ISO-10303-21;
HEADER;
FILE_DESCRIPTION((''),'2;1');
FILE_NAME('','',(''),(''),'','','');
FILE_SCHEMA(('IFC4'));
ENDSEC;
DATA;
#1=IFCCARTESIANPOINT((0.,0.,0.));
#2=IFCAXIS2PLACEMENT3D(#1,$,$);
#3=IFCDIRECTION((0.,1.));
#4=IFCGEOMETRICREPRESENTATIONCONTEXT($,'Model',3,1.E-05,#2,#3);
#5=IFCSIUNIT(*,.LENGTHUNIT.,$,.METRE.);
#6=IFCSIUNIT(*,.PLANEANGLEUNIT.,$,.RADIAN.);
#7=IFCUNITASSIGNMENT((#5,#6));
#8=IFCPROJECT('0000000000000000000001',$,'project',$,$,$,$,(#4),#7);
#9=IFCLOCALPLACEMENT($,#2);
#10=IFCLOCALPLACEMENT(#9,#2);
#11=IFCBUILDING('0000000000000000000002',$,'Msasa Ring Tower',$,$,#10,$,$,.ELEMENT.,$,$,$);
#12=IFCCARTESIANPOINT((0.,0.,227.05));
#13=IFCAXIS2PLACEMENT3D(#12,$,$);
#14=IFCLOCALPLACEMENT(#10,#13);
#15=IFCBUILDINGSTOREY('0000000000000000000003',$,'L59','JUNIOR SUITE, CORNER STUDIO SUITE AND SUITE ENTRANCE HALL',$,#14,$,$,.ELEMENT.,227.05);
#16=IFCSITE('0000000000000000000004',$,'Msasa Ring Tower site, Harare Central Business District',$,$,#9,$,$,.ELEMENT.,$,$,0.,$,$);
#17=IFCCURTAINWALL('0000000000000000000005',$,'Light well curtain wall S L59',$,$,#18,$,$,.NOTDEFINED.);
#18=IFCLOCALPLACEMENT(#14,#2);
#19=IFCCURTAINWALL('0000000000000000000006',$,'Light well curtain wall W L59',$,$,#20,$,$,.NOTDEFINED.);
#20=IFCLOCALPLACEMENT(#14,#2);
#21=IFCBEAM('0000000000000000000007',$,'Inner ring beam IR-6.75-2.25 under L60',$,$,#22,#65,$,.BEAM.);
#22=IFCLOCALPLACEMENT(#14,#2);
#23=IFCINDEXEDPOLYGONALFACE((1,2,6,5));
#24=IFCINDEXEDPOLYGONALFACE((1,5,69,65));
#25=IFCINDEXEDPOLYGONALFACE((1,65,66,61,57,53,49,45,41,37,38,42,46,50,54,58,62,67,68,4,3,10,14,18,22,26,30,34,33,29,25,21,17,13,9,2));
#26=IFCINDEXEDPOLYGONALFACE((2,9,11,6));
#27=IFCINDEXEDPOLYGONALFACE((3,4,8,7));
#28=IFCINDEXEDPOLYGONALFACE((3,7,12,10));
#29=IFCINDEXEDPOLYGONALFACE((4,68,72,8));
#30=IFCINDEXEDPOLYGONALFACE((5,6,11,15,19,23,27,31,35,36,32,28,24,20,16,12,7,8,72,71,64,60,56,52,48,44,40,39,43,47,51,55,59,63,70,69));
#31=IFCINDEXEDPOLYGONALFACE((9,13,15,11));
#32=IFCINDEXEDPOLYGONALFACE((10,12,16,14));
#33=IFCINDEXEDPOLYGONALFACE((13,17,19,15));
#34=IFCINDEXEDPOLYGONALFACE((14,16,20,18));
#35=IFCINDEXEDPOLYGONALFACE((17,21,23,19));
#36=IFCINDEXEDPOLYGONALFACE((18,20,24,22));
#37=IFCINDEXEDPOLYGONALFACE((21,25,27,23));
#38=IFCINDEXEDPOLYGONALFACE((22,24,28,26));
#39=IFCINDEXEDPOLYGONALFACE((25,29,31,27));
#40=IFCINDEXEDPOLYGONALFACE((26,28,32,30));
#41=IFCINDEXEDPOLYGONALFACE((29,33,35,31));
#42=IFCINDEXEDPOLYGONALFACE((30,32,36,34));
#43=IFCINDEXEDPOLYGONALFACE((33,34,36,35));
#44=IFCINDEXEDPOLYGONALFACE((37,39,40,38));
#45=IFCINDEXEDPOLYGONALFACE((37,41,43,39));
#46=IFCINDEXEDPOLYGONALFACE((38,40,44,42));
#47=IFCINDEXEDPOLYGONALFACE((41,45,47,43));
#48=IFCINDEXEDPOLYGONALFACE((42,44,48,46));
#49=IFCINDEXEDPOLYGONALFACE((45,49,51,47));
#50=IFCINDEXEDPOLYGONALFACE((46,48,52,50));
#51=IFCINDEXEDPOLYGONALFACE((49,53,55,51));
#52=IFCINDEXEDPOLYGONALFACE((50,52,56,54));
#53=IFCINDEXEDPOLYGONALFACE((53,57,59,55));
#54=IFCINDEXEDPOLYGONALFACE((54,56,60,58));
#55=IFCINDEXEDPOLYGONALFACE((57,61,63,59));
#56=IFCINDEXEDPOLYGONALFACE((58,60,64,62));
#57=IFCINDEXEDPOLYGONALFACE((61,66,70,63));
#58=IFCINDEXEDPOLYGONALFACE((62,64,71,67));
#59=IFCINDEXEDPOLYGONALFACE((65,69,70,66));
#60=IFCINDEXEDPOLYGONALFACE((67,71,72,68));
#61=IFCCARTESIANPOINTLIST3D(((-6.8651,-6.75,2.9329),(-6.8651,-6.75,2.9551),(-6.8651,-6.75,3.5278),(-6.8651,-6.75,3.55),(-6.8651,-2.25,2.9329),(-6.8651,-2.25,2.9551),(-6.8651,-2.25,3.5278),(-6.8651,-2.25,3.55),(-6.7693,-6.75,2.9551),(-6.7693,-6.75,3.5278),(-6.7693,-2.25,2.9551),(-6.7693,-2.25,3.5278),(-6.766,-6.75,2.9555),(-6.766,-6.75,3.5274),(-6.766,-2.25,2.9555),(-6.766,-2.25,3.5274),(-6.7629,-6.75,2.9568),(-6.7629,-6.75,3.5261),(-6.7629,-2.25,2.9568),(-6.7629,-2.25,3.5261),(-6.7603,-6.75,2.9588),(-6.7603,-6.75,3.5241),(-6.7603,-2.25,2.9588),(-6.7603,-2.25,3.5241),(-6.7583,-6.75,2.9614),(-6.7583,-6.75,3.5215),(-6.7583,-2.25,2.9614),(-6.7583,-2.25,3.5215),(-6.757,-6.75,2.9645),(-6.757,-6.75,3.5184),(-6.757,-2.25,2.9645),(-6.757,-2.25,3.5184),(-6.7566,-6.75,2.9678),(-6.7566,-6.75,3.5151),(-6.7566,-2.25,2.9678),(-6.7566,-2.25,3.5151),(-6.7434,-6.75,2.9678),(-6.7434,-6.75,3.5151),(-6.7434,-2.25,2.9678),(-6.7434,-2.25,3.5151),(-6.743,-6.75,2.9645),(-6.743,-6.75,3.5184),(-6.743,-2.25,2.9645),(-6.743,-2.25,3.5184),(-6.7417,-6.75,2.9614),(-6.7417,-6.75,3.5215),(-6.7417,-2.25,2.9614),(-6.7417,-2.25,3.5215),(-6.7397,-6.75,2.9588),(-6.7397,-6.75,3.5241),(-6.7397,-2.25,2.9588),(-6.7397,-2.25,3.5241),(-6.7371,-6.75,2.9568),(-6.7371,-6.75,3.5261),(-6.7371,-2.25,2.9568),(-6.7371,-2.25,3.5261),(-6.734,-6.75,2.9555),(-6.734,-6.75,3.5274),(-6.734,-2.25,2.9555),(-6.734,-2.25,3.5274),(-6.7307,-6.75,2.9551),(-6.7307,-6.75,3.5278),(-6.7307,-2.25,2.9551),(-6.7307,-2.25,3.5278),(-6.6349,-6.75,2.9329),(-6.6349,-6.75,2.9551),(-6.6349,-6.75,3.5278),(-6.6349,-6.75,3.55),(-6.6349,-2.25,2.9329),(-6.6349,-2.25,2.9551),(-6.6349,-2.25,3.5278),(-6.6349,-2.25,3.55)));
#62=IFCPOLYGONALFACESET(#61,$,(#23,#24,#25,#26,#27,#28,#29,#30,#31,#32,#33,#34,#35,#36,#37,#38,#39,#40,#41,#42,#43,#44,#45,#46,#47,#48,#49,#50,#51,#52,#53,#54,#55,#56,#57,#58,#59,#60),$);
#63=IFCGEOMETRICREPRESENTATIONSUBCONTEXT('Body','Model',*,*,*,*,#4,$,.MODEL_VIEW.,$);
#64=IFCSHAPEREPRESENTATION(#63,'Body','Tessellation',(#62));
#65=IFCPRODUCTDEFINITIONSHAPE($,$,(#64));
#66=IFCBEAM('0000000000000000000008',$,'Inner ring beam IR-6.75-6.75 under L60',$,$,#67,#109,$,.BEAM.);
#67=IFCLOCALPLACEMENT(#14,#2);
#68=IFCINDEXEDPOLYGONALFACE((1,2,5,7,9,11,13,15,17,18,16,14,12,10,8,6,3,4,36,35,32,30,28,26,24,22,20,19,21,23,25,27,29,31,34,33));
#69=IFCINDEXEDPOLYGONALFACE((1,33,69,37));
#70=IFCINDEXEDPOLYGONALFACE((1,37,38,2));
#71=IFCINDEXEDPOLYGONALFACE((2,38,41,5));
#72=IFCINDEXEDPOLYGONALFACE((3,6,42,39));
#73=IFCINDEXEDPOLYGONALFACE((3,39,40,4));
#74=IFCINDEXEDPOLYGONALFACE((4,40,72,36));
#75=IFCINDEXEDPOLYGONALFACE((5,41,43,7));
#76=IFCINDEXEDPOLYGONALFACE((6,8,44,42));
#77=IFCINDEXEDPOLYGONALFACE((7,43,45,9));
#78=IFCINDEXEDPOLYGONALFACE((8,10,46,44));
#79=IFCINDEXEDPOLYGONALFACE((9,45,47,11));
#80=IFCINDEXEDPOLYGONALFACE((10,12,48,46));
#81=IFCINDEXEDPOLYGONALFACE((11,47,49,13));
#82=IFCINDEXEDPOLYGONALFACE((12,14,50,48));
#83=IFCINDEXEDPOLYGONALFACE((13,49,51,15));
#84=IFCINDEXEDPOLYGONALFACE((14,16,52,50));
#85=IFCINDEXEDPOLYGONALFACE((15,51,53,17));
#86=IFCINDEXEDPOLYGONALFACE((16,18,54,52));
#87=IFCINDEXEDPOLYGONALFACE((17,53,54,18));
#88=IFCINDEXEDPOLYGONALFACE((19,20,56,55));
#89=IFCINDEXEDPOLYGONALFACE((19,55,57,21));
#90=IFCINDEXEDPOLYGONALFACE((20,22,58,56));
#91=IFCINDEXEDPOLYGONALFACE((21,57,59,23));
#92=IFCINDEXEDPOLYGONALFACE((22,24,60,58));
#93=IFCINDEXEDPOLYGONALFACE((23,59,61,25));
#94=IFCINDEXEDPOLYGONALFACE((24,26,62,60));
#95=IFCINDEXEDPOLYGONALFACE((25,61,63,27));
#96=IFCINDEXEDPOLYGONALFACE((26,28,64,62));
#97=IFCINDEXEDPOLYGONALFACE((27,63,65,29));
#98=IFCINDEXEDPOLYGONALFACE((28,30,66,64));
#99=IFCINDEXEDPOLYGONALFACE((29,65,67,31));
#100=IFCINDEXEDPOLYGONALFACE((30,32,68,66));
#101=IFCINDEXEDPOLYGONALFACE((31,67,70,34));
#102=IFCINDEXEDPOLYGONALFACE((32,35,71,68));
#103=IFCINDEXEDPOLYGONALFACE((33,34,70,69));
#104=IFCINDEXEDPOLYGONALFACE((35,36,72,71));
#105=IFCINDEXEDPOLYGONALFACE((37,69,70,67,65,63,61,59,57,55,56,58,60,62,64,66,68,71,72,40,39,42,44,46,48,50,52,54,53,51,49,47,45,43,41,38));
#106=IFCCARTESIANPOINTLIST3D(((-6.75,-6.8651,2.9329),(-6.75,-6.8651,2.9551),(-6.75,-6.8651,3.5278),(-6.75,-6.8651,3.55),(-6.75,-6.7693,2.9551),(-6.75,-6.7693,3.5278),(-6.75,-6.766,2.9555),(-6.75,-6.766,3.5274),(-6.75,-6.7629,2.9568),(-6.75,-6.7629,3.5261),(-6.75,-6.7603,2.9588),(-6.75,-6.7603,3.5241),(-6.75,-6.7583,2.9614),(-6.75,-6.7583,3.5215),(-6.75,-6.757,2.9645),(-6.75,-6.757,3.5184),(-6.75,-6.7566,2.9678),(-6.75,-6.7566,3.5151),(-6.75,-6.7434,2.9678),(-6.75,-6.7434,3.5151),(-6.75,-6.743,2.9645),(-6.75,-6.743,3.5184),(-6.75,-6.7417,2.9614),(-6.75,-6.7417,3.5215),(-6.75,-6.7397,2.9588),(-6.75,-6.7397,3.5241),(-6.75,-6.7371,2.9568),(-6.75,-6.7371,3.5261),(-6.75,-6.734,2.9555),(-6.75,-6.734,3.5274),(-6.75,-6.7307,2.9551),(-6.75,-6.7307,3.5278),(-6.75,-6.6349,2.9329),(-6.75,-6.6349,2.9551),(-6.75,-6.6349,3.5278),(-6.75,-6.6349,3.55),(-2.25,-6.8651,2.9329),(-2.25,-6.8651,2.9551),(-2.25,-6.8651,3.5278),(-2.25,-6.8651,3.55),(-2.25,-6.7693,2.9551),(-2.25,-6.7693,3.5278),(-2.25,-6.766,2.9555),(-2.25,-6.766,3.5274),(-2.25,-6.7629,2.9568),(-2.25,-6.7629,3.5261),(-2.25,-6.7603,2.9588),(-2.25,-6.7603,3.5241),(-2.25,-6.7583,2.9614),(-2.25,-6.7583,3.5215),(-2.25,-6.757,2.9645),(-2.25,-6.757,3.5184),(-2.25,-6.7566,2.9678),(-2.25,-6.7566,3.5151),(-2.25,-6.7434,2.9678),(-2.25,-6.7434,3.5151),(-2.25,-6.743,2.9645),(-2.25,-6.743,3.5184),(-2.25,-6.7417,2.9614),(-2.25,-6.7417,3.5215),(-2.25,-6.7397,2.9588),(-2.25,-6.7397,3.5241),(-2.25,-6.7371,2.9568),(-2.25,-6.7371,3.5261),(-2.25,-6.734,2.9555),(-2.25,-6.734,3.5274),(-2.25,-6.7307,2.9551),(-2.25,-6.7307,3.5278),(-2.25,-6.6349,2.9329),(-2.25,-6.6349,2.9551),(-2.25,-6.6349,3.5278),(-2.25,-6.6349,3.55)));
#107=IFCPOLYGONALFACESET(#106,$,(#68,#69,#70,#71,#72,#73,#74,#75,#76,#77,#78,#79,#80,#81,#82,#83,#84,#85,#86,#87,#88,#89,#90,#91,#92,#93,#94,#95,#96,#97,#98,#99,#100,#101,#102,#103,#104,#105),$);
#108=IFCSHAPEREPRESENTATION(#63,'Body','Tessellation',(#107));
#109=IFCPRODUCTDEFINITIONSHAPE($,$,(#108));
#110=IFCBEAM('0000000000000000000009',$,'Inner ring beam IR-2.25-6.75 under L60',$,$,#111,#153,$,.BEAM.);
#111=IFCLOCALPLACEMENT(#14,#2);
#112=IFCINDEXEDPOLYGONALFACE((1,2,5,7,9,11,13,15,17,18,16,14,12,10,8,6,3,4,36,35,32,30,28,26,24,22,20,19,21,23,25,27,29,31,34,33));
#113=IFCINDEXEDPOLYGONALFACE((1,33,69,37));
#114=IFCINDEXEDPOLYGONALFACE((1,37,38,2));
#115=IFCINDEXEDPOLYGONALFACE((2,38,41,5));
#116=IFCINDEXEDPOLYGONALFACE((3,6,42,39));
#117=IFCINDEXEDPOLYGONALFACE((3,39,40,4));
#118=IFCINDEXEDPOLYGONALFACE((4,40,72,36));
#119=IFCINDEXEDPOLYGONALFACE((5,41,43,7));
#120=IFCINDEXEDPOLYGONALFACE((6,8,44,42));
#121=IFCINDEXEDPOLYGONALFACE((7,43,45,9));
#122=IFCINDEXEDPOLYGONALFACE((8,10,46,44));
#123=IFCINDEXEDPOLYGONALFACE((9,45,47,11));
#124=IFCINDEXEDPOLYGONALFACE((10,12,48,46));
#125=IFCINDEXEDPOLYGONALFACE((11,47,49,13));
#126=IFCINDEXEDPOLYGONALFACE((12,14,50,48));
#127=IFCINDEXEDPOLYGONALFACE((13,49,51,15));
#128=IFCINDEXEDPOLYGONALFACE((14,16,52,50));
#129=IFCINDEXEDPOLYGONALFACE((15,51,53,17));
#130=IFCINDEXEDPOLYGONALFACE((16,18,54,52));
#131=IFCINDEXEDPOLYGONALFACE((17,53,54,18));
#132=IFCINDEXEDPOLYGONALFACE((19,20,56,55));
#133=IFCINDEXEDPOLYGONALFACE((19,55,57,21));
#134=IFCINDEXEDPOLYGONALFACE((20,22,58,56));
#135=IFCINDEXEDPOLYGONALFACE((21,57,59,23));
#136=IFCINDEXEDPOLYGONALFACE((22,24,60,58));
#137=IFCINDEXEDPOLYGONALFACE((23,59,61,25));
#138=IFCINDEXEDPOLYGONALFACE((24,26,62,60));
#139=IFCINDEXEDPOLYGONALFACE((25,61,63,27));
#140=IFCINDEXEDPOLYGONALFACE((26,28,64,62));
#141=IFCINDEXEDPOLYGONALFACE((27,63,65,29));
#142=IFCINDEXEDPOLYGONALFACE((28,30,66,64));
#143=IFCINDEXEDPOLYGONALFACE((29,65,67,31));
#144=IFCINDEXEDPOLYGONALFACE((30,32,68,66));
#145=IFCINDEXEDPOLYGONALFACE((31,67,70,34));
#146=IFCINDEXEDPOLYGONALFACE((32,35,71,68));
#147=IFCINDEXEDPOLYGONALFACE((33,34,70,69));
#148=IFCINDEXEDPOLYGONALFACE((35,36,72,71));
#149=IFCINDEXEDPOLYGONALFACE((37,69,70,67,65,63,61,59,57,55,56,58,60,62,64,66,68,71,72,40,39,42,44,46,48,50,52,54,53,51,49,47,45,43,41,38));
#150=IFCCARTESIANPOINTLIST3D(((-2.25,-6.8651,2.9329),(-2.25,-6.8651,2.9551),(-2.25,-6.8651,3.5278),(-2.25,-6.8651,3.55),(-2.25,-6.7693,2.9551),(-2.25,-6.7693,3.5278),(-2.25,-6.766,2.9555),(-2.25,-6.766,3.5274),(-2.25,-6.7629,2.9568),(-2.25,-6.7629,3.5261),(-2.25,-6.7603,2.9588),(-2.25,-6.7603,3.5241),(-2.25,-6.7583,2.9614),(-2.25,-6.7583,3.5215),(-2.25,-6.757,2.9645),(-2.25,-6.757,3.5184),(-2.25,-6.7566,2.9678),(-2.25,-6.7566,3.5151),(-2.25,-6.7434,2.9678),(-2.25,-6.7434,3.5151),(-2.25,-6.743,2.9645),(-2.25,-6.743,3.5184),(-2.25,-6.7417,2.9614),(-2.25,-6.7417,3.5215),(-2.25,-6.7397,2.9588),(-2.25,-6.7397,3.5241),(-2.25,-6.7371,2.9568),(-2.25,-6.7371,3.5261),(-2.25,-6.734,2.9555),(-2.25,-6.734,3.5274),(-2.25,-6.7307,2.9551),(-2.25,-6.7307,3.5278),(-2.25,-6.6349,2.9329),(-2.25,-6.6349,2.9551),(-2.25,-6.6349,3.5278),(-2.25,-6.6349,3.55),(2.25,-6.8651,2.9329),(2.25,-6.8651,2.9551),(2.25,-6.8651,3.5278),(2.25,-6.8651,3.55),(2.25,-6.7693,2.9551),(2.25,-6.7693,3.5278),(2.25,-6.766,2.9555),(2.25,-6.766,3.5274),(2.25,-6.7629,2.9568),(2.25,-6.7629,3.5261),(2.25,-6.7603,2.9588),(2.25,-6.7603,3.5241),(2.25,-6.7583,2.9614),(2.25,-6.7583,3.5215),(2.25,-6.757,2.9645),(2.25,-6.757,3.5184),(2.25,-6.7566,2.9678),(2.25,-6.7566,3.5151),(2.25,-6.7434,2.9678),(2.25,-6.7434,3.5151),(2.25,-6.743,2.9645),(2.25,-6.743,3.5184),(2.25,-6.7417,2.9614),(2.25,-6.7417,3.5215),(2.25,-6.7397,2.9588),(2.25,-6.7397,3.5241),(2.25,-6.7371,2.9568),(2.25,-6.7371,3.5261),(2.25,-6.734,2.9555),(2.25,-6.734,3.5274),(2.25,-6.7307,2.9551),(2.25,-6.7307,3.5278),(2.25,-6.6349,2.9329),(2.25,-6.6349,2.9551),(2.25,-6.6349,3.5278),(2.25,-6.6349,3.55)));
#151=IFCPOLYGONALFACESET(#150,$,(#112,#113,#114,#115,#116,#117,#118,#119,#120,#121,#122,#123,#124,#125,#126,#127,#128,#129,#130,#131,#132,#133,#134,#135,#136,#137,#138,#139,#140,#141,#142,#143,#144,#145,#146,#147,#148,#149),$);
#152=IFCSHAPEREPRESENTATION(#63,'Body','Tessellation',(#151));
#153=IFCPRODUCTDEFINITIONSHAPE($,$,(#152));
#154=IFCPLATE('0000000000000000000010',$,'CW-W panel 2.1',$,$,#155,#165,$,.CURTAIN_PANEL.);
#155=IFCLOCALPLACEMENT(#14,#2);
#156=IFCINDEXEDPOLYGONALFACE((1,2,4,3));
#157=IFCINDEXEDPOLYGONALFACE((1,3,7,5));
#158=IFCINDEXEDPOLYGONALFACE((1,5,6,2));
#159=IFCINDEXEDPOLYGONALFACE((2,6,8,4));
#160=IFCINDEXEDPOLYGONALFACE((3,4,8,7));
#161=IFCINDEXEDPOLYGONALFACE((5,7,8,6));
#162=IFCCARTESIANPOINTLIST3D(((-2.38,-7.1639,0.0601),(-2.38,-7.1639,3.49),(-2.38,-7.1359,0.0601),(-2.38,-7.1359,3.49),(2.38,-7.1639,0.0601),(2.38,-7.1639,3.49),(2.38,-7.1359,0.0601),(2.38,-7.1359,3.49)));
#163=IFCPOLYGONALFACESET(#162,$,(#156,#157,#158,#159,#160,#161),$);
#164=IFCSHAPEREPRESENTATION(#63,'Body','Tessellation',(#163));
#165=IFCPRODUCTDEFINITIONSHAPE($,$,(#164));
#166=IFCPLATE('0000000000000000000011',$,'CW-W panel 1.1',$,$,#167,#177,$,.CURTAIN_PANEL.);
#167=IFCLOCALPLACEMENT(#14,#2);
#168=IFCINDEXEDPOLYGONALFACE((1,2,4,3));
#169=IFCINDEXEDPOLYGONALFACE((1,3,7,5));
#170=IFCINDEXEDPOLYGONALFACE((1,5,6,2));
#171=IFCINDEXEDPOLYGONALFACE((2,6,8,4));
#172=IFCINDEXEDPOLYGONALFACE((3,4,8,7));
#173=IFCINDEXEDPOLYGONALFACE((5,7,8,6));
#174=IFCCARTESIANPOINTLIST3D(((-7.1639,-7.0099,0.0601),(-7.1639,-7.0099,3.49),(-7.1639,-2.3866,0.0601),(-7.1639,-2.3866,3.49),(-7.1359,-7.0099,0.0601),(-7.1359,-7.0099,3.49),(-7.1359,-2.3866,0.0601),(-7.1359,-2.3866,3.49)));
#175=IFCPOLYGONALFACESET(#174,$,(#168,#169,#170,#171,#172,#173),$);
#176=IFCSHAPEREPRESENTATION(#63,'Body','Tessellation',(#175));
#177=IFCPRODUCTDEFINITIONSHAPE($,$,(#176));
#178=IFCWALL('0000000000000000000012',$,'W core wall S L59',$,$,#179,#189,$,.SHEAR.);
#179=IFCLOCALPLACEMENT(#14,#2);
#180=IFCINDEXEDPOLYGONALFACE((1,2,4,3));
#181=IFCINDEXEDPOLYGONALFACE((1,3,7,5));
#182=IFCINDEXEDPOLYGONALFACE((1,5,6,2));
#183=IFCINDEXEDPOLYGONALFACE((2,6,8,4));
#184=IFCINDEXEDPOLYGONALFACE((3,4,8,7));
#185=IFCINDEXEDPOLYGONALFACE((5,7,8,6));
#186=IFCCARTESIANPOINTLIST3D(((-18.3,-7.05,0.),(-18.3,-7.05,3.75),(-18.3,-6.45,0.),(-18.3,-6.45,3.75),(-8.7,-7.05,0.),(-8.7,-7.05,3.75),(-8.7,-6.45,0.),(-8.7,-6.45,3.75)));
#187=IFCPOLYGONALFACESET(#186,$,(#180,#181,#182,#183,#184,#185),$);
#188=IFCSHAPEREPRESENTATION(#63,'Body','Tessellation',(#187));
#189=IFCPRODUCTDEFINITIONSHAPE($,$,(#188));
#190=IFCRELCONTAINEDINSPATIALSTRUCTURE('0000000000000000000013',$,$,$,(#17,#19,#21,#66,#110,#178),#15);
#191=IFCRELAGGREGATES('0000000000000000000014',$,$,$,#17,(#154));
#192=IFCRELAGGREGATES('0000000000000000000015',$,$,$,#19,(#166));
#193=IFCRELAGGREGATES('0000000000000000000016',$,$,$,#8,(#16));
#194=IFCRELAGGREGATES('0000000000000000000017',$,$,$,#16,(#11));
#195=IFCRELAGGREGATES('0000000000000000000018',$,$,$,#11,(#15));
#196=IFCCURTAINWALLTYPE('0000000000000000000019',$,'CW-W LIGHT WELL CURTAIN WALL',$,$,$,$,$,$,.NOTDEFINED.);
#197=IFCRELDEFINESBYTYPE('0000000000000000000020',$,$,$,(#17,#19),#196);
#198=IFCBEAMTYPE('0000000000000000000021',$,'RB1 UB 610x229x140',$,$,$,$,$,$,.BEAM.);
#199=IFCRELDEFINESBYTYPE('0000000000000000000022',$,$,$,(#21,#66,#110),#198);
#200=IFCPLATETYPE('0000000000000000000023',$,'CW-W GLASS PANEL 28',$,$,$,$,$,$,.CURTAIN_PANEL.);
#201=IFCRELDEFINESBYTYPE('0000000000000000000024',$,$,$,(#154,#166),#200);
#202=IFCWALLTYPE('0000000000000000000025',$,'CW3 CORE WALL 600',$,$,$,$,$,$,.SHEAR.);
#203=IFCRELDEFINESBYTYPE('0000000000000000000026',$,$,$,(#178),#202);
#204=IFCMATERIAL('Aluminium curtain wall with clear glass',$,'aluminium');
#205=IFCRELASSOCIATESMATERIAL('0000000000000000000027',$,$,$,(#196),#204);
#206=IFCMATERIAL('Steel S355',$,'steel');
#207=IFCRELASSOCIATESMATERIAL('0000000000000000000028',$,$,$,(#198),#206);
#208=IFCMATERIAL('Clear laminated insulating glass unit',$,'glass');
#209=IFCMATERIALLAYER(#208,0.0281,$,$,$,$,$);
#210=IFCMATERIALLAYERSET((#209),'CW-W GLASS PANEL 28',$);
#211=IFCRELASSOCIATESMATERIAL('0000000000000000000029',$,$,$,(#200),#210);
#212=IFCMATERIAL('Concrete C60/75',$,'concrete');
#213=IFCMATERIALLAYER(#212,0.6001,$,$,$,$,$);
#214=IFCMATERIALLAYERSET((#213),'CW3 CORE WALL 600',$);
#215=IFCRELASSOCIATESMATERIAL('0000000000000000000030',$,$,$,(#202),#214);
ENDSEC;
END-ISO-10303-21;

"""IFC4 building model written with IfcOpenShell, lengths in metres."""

from ifc_helpers import new_model, si_unit, direction, frame, frame_2d, origin, origin_2d, place, context, subcontext, project, spatial, rectangle, i_section, extrude, material, layer, layer_set, material_profile, profile_set, type_object, element, aggregate, save


model = new_model("IFC4")

# Units and contexts
model_context = context("Model", 3, precision=1e-05, world=origin(), true_north=direction((0.0, 1.0)))
body_context = subcontext(model_context, "Body", "Model", "MODEL_VIEW")
ifc_project = project(units=[si_unit("LENGTHUNIT", "METRE"), si_unit("PLANEANGLEUNIT", "RADIAN")], contexts=[model_context])

# Site, building, storey
site_placement = place(None, origin())
site = spatial("IfcSite", under=ifc_project, at=site_placement, Name="Msasa Ring Tower site, Harare Central Business District", CompositionType="ELEMENT", RefElevation=0.0)
building_placement = place(site_placement, origin())
building = spatial("IfcBuilding", under=site, at=building_placement, Name="Msasa Ring Tower", CompositionType="ELEMENT")
storey_placement = place(building_placement, frame((0.0, 0.0, 227.05)))
storey = spatial("IfcBuildingStorey", under=building, at=storey_placement, Name="L59", Description="JUNIOR SUITE, CORNER STUDIO SUITE AND SUITE ENTRANCE HALL", CompositionType="ELEMENT", Elevation=227.05)

# Curtain wall
ifc_material_1 = material(Name="Aluminium curtain wall with clear glass", Category="aluminium")
curtain_wall_type = type_object("IfcCurtainWallType", Name="CW-W LIGHT WELL CURTAIN WALL", PredefinedType="NOTDEFINED", material=ifc_material_1)
curtain_wall_1_placement = place(storey_placement, origin())
curtain_wall_1 = element("IfcCurtainWall", 1, at=curtain_wall_1_placement, inside=storey, type_object=curtain_wall_type, Name="Light well curtain wall S L59", PredefinedType="NOTDEFINED")

# Curtain wall
curtain_wall_2_placement = place(storey_placement, origin())
curtain_wall_2 = element("IfcCurtainWall", 2, at=curtain_wall_2_placement, inside=storey, type_object=curtain_wall_type, Name="Light well curtain wall W L59", PredefinedType="NOTDEFINED")

# Beams
ifc_material_2 = material(Name="Steel S355", Category="steel")
ifc_material_profile_1 = material_profile(ifc_material_2, i_section(OverallWidth=0.2302, OverallDepth=0.6172, WebThickness=0.0132, FlangeThickness=0.0222, FilletRadius=0.0127, at=origin_2d()), Name="UB 610x229x140")
ifc_profile_set_1 = profile_set([ifc_material_profile_1], Name="Steel S355")
beam_type = type_object("IfcBeamType", Name="RB1 UB 610x229x140", PredefinedType="BEAM", material=ifc_profile_set_1)
for number, where, z_axis, x_axis, name in (
    (3, (-6.75, -2.25, 3.2415), (0.0, -1.0, 0.0), (1.0, 0.0, 0.0), "Inner ring beam IR-6.75-2.25 under L60"),
    (4, (-6.75, -6.75, 3.2415), (1.0, 0.0, 0.0), (0.0, 1.0, 0.0), "Inner ring beam IR-6.75-6.75 under L60"),
    (5, (-2.25, -6.75, 3.2415), (1.0, 0.0, 0.0), (0.0, 1.0, 0.0), "Inner ring beam IR-2.25-6.75 under L60"),
):
    element("IfcBeam", number, at=place(storey_placement, frame(where, z_axis=z_axis, x_axis=x_axis)), inside=storey, type_object=beam_type, Name=name, PredefinedType="BEAM", context=body_context, shape_type="SweptSolid", body=[
        extrude(i_section(OverallWidth=0.2302, OverallDepth=0.6172, WebThickness=0.0132, FlangeThickness=0.0222, FilletRadius=0.0127, at=origin_2d()), origin(), (0.0, 0.0, 1.0), 4.5),
    ])

# Plates
ifc_material_3 = material(Name="Clear laminated insulating glass unit", Category="glass")
ifc_layer_1 = layer(ifc_material_3, 0.0281)
ifc_layer_set_1 = layer_set([ifc_layer_1], Name="CW-W GLASS PANEL 28")
plate_type = type_object("IfcPlateType", Name="CW-W GLASS PANEL 28", PredefinedType="CURTAIN_PANEL", material=ifc_layer_set_1)
plate_1_placement = place(storey_placement, frame((0.0, -7.1499, 0.0601), z_axis=(0.0, 0.0, 1.0), x_axis=(1.0, 0.0, 0.0)))
plate_1 = element("IfcPlate", 6, at=plate_1_placement, type_object=plate_type, Name="CW-W panel 2.1", PredefinedType="CURTAIN_PANEL", context=body_context, shape_type="SweptSolid", body=[
    extrude(rectangle(XDim=4.76, YDim=0.0281, at=origin_2d()), origin(), (0.0, 0.0, 1.0), 3.4299),
])
aggregate(curtain_wall_1, [plate_1])
plate_2_placement = place(storey_placement, frame((-7.1499, -4.6982, 0.0601), z_axis=(0.0, 0.0, 1.0), x_axis=(0.0, 1.0, 0.0)))
plate_2 = element("IfcPlate", 7, at=plate_2_placement, type_object=plate_type, Name="CW-W panel 1.1", PredefinedType="CURTAIN_PANEL", context=body_context, shape_type="SweptSolid", body=[
    extrude(rectangle(XDim=4.6233, YDim=0.0281, at=origin_2d()), origin(), (0.0, 0.0, 1.0), 3.4299),
])
aggregate(curtain_wall_2, [plate_2])

# Wall
ifc_material_4 = material(Name="Concrete C60/75", Category="concrete")
ifc_layer_2 = layer(ifc_material_4, 0.6001)
ifc_layer_set_2 = layer_set([ifc_layer_2], Name="CW3 CORE WALL 600")
wall_type_1 = type_object("IfcWallType", Name="CW3 CORE WALL 600", PredefinedType="SHEAR", material=ifc_layer_set_2)
wall_1_placement = place(storey_placement, frame((-8.7, -6.75, 0.0), z_axis=(0.0, 0.0, 1.0), x_axis=(-1.0, 0.0, 0.0)))
element("IfcWall", 8, at=wall_1_placement, inside=storey, type_object=wall_type_1, Name="W core wall S L59", PredefinedType="SHEAR", context=body_context, shape_type="SweptSolid", body=[
    extrude(rectangle(XDim=9.6001, YDim=0.6001, at=frame_2d((4.8, 0.0))), origin(), (0.0, 0.0, 1.0), 3.75),
])

save(model, "model.ifc")
